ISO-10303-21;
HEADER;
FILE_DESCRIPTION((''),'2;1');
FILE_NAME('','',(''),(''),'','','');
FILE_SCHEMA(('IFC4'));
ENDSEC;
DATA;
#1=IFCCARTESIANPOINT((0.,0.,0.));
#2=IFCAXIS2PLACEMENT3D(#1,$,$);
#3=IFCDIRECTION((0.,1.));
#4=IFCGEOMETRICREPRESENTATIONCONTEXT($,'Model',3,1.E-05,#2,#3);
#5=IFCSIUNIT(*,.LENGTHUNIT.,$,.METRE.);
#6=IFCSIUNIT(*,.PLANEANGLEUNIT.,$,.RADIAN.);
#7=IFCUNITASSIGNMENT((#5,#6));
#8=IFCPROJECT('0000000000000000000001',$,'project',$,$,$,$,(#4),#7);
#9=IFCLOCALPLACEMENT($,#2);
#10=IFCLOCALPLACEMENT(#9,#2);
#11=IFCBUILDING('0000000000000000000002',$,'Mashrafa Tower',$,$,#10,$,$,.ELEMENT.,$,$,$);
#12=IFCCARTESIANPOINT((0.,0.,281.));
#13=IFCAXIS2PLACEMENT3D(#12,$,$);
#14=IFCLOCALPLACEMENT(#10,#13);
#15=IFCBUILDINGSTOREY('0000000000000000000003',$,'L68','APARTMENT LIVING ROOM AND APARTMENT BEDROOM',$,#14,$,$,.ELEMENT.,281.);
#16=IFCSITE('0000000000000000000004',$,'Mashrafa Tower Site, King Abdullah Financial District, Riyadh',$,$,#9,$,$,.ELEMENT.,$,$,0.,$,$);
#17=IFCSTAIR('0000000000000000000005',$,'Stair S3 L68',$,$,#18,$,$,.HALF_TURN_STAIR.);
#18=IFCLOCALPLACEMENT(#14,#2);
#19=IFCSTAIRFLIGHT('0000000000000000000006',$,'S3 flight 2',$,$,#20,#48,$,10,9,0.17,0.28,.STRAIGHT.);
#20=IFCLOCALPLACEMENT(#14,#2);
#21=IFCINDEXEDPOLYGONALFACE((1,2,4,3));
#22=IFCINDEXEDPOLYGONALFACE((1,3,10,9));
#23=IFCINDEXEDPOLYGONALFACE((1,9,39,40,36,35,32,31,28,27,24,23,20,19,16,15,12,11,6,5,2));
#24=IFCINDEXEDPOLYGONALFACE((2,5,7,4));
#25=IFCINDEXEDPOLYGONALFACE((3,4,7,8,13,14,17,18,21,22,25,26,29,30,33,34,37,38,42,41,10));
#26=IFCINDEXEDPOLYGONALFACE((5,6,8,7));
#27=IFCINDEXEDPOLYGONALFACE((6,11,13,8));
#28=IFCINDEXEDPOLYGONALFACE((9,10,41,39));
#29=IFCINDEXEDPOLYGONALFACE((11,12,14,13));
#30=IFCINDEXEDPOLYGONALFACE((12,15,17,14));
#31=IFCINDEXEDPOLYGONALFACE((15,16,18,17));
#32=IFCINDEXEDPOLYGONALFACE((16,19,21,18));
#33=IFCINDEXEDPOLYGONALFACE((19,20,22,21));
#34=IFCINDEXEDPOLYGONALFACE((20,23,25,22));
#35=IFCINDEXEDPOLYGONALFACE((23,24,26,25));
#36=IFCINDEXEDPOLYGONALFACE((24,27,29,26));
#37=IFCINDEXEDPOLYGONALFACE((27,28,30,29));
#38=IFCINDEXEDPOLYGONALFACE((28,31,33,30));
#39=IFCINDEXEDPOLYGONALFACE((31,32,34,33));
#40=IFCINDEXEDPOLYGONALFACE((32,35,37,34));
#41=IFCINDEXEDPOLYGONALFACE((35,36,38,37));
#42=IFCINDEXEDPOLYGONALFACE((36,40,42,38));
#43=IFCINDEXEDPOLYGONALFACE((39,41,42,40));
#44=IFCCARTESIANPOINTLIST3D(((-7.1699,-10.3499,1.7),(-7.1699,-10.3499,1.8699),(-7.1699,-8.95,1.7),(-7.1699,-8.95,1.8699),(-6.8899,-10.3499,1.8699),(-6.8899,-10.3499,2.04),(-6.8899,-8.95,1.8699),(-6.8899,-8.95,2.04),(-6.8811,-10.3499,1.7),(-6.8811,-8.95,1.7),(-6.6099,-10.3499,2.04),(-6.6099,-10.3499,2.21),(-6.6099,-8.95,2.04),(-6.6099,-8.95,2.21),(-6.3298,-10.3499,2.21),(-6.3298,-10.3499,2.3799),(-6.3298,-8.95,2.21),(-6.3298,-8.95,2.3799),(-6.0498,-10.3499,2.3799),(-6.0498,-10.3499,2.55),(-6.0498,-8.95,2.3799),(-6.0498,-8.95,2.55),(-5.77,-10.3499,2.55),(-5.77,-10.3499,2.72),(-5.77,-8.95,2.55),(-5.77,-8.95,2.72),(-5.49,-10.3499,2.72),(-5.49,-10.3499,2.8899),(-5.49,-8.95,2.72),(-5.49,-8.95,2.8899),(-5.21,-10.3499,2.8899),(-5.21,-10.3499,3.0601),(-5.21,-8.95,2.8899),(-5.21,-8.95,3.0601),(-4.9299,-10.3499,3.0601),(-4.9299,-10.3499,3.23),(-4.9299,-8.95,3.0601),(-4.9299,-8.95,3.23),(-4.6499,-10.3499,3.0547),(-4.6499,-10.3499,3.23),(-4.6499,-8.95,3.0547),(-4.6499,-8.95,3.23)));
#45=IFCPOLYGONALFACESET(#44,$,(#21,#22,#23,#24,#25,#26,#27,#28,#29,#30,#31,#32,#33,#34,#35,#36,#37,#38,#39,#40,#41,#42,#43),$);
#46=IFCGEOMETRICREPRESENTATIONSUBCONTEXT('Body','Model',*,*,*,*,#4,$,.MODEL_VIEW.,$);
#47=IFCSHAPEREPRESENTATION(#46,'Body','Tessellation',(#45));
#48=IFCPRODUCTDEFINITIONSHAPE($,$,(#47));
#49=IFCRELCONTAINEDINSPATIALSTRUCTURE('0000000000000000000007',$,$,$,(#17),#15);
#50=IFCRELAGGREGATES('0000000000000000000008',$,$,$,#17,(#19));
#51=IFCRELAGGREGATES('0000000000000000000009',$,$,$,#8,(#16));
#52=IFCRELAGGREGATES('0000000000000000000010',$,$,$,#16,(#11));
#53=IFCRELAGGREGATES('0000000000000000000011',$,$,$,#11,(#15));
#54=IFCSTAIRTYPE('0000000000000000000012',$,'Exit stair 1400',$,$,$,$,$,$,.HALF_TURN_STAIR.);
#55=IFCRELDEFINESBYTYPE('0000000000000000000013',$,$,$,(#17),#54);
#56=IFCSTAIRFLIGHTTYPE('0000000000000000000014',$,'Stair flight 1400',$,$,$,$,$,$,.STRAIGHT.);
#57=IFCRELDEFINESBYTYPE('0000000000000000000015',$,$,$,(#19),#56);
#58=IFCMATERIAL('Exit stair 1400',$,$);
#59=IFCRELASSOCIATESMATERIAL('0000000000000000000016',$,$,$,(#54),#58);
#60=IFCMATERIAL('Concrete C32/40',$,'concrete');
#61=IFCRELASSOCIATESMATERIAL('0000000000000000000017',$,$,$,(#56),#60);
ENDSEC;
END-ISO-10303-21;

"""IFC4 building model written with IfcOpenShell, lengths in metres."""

from ifc_helpers import new_model, si_unit, direction, frame, origin, place, context, subcontext, project, spatial, polyline, outline, extrude, material, type_object, element, aggregate, save


model = new_model("IFC4")

# Units and contexts
model_context = context("Model", 3, precision=1e-05, world=origin(), true_north=direction((0.0, 1.0)))
body_context = subcontext(model_context, "Body", "Model", "MODEL_VIEW")
ifc_project = project(units=[si_unit("LENGTHUNIT", "METRE"), si_unit("PLANEANGLEUNIT", "RADIAN")], contexts=[model_context])

# Site, building, storey
site_placement = place(None, origin())
site = spatial("IfcSite", under=ifc_project, at=site_placement, Name="Mashrafa Tower Site, King Abdullah Financial District, Riyadh", CompositionType="ELEMENT", RefElevation=0.0)
building_placement = place(site_placement, origin())
building = spatial("IfcBuilding", under=site, at=building_placement, Name="Mashrafa Tower", CompositionType="ELEMENT")
storey_placement = place(building_placement, frame((0.0, 0.0, 281.0)))
storey = spatial("IfcBuildingStorey", under=building, at=storey_placement, Name="L68", Description="APARTMENT LIVING ROOM AND APARTMENT BEDROOM", CompositionType="ELEMENT", Elevation=281.0)

# Stair, stair flight
ifc_material_1 = material(Name="Exit stair 1400")
stair_type = type_object("IfcStairType", Name="Exit stair 1400", PredefinedType="HALF_TURN_STAIR", material=ifc_material_1)
stair_placement = place(storey_placement, origin())
stair = element("IfcStair", 1, at=stair_placement, inside=storey, type_object=stair_type, Name="Stair S3 L68", PredefinedType="HALF_TURN_STAIR")
ifc_material_2 = material(Name="Concrete C32/40", Category="concrete")
stair_flight_type = type_object("IfcStairFlightType", Name="Stair flight 1400", PredefinedType="STRAIGHT", material=ifc_material_2)
stair_flight_1_placement = place(storey_placement, frame((-7.1699, -9.6499, 1.7), z_axis=(0.0, 0.0, 1.0), x_axis=(1.0, 0.0, 0.0)))
stair_flight_1 = element("IfcStairFlight", 2, at=stair_flight_1_placement, type_object=stair_flight_type, Name="S3 flight 2", NumberOfRisers=10, NumberOfTreads=9, PredefinedType="STRAIGHT", RiserHeight=0.17, TreadLength=0.28, context=body_context, shape_type="SweptSolid", body=[
    extrude(outline(polyline([(0.0, 0.0), (0.0, 0.1699), (0.28, 0.1699), (0.28, 0.3401), (0.5601, 0.3401), (0.5601, 0.51), (0.8401, 0.51), (0.8401, 0.6799), (1.1201, 0.6799), (1.1201, 0.8501), (1.3999, 0.8501), (1.3999, 1.02), (1.6799, 1.02), (1.6799, 1.1899), (1.96, 1.1899), (1.96, 1.3601), (2.24, 1.3601), (2.24, 1.53), (2.52, 1.53), (2.52, 1.7), (2.52, 1.3547), (0.2888, 0.0), (0.0, 0.0)])), frame((0.0, 0.7, 0.0), z_axis=(0.0, -1.0, 0.0), x_axis=(1.0, 0.0, 0.0)), (0.0, 0.0, 1.0), 1.3999),
])
aggregate(stair, [stair_flight_1])

save(model, "model.ifc")
